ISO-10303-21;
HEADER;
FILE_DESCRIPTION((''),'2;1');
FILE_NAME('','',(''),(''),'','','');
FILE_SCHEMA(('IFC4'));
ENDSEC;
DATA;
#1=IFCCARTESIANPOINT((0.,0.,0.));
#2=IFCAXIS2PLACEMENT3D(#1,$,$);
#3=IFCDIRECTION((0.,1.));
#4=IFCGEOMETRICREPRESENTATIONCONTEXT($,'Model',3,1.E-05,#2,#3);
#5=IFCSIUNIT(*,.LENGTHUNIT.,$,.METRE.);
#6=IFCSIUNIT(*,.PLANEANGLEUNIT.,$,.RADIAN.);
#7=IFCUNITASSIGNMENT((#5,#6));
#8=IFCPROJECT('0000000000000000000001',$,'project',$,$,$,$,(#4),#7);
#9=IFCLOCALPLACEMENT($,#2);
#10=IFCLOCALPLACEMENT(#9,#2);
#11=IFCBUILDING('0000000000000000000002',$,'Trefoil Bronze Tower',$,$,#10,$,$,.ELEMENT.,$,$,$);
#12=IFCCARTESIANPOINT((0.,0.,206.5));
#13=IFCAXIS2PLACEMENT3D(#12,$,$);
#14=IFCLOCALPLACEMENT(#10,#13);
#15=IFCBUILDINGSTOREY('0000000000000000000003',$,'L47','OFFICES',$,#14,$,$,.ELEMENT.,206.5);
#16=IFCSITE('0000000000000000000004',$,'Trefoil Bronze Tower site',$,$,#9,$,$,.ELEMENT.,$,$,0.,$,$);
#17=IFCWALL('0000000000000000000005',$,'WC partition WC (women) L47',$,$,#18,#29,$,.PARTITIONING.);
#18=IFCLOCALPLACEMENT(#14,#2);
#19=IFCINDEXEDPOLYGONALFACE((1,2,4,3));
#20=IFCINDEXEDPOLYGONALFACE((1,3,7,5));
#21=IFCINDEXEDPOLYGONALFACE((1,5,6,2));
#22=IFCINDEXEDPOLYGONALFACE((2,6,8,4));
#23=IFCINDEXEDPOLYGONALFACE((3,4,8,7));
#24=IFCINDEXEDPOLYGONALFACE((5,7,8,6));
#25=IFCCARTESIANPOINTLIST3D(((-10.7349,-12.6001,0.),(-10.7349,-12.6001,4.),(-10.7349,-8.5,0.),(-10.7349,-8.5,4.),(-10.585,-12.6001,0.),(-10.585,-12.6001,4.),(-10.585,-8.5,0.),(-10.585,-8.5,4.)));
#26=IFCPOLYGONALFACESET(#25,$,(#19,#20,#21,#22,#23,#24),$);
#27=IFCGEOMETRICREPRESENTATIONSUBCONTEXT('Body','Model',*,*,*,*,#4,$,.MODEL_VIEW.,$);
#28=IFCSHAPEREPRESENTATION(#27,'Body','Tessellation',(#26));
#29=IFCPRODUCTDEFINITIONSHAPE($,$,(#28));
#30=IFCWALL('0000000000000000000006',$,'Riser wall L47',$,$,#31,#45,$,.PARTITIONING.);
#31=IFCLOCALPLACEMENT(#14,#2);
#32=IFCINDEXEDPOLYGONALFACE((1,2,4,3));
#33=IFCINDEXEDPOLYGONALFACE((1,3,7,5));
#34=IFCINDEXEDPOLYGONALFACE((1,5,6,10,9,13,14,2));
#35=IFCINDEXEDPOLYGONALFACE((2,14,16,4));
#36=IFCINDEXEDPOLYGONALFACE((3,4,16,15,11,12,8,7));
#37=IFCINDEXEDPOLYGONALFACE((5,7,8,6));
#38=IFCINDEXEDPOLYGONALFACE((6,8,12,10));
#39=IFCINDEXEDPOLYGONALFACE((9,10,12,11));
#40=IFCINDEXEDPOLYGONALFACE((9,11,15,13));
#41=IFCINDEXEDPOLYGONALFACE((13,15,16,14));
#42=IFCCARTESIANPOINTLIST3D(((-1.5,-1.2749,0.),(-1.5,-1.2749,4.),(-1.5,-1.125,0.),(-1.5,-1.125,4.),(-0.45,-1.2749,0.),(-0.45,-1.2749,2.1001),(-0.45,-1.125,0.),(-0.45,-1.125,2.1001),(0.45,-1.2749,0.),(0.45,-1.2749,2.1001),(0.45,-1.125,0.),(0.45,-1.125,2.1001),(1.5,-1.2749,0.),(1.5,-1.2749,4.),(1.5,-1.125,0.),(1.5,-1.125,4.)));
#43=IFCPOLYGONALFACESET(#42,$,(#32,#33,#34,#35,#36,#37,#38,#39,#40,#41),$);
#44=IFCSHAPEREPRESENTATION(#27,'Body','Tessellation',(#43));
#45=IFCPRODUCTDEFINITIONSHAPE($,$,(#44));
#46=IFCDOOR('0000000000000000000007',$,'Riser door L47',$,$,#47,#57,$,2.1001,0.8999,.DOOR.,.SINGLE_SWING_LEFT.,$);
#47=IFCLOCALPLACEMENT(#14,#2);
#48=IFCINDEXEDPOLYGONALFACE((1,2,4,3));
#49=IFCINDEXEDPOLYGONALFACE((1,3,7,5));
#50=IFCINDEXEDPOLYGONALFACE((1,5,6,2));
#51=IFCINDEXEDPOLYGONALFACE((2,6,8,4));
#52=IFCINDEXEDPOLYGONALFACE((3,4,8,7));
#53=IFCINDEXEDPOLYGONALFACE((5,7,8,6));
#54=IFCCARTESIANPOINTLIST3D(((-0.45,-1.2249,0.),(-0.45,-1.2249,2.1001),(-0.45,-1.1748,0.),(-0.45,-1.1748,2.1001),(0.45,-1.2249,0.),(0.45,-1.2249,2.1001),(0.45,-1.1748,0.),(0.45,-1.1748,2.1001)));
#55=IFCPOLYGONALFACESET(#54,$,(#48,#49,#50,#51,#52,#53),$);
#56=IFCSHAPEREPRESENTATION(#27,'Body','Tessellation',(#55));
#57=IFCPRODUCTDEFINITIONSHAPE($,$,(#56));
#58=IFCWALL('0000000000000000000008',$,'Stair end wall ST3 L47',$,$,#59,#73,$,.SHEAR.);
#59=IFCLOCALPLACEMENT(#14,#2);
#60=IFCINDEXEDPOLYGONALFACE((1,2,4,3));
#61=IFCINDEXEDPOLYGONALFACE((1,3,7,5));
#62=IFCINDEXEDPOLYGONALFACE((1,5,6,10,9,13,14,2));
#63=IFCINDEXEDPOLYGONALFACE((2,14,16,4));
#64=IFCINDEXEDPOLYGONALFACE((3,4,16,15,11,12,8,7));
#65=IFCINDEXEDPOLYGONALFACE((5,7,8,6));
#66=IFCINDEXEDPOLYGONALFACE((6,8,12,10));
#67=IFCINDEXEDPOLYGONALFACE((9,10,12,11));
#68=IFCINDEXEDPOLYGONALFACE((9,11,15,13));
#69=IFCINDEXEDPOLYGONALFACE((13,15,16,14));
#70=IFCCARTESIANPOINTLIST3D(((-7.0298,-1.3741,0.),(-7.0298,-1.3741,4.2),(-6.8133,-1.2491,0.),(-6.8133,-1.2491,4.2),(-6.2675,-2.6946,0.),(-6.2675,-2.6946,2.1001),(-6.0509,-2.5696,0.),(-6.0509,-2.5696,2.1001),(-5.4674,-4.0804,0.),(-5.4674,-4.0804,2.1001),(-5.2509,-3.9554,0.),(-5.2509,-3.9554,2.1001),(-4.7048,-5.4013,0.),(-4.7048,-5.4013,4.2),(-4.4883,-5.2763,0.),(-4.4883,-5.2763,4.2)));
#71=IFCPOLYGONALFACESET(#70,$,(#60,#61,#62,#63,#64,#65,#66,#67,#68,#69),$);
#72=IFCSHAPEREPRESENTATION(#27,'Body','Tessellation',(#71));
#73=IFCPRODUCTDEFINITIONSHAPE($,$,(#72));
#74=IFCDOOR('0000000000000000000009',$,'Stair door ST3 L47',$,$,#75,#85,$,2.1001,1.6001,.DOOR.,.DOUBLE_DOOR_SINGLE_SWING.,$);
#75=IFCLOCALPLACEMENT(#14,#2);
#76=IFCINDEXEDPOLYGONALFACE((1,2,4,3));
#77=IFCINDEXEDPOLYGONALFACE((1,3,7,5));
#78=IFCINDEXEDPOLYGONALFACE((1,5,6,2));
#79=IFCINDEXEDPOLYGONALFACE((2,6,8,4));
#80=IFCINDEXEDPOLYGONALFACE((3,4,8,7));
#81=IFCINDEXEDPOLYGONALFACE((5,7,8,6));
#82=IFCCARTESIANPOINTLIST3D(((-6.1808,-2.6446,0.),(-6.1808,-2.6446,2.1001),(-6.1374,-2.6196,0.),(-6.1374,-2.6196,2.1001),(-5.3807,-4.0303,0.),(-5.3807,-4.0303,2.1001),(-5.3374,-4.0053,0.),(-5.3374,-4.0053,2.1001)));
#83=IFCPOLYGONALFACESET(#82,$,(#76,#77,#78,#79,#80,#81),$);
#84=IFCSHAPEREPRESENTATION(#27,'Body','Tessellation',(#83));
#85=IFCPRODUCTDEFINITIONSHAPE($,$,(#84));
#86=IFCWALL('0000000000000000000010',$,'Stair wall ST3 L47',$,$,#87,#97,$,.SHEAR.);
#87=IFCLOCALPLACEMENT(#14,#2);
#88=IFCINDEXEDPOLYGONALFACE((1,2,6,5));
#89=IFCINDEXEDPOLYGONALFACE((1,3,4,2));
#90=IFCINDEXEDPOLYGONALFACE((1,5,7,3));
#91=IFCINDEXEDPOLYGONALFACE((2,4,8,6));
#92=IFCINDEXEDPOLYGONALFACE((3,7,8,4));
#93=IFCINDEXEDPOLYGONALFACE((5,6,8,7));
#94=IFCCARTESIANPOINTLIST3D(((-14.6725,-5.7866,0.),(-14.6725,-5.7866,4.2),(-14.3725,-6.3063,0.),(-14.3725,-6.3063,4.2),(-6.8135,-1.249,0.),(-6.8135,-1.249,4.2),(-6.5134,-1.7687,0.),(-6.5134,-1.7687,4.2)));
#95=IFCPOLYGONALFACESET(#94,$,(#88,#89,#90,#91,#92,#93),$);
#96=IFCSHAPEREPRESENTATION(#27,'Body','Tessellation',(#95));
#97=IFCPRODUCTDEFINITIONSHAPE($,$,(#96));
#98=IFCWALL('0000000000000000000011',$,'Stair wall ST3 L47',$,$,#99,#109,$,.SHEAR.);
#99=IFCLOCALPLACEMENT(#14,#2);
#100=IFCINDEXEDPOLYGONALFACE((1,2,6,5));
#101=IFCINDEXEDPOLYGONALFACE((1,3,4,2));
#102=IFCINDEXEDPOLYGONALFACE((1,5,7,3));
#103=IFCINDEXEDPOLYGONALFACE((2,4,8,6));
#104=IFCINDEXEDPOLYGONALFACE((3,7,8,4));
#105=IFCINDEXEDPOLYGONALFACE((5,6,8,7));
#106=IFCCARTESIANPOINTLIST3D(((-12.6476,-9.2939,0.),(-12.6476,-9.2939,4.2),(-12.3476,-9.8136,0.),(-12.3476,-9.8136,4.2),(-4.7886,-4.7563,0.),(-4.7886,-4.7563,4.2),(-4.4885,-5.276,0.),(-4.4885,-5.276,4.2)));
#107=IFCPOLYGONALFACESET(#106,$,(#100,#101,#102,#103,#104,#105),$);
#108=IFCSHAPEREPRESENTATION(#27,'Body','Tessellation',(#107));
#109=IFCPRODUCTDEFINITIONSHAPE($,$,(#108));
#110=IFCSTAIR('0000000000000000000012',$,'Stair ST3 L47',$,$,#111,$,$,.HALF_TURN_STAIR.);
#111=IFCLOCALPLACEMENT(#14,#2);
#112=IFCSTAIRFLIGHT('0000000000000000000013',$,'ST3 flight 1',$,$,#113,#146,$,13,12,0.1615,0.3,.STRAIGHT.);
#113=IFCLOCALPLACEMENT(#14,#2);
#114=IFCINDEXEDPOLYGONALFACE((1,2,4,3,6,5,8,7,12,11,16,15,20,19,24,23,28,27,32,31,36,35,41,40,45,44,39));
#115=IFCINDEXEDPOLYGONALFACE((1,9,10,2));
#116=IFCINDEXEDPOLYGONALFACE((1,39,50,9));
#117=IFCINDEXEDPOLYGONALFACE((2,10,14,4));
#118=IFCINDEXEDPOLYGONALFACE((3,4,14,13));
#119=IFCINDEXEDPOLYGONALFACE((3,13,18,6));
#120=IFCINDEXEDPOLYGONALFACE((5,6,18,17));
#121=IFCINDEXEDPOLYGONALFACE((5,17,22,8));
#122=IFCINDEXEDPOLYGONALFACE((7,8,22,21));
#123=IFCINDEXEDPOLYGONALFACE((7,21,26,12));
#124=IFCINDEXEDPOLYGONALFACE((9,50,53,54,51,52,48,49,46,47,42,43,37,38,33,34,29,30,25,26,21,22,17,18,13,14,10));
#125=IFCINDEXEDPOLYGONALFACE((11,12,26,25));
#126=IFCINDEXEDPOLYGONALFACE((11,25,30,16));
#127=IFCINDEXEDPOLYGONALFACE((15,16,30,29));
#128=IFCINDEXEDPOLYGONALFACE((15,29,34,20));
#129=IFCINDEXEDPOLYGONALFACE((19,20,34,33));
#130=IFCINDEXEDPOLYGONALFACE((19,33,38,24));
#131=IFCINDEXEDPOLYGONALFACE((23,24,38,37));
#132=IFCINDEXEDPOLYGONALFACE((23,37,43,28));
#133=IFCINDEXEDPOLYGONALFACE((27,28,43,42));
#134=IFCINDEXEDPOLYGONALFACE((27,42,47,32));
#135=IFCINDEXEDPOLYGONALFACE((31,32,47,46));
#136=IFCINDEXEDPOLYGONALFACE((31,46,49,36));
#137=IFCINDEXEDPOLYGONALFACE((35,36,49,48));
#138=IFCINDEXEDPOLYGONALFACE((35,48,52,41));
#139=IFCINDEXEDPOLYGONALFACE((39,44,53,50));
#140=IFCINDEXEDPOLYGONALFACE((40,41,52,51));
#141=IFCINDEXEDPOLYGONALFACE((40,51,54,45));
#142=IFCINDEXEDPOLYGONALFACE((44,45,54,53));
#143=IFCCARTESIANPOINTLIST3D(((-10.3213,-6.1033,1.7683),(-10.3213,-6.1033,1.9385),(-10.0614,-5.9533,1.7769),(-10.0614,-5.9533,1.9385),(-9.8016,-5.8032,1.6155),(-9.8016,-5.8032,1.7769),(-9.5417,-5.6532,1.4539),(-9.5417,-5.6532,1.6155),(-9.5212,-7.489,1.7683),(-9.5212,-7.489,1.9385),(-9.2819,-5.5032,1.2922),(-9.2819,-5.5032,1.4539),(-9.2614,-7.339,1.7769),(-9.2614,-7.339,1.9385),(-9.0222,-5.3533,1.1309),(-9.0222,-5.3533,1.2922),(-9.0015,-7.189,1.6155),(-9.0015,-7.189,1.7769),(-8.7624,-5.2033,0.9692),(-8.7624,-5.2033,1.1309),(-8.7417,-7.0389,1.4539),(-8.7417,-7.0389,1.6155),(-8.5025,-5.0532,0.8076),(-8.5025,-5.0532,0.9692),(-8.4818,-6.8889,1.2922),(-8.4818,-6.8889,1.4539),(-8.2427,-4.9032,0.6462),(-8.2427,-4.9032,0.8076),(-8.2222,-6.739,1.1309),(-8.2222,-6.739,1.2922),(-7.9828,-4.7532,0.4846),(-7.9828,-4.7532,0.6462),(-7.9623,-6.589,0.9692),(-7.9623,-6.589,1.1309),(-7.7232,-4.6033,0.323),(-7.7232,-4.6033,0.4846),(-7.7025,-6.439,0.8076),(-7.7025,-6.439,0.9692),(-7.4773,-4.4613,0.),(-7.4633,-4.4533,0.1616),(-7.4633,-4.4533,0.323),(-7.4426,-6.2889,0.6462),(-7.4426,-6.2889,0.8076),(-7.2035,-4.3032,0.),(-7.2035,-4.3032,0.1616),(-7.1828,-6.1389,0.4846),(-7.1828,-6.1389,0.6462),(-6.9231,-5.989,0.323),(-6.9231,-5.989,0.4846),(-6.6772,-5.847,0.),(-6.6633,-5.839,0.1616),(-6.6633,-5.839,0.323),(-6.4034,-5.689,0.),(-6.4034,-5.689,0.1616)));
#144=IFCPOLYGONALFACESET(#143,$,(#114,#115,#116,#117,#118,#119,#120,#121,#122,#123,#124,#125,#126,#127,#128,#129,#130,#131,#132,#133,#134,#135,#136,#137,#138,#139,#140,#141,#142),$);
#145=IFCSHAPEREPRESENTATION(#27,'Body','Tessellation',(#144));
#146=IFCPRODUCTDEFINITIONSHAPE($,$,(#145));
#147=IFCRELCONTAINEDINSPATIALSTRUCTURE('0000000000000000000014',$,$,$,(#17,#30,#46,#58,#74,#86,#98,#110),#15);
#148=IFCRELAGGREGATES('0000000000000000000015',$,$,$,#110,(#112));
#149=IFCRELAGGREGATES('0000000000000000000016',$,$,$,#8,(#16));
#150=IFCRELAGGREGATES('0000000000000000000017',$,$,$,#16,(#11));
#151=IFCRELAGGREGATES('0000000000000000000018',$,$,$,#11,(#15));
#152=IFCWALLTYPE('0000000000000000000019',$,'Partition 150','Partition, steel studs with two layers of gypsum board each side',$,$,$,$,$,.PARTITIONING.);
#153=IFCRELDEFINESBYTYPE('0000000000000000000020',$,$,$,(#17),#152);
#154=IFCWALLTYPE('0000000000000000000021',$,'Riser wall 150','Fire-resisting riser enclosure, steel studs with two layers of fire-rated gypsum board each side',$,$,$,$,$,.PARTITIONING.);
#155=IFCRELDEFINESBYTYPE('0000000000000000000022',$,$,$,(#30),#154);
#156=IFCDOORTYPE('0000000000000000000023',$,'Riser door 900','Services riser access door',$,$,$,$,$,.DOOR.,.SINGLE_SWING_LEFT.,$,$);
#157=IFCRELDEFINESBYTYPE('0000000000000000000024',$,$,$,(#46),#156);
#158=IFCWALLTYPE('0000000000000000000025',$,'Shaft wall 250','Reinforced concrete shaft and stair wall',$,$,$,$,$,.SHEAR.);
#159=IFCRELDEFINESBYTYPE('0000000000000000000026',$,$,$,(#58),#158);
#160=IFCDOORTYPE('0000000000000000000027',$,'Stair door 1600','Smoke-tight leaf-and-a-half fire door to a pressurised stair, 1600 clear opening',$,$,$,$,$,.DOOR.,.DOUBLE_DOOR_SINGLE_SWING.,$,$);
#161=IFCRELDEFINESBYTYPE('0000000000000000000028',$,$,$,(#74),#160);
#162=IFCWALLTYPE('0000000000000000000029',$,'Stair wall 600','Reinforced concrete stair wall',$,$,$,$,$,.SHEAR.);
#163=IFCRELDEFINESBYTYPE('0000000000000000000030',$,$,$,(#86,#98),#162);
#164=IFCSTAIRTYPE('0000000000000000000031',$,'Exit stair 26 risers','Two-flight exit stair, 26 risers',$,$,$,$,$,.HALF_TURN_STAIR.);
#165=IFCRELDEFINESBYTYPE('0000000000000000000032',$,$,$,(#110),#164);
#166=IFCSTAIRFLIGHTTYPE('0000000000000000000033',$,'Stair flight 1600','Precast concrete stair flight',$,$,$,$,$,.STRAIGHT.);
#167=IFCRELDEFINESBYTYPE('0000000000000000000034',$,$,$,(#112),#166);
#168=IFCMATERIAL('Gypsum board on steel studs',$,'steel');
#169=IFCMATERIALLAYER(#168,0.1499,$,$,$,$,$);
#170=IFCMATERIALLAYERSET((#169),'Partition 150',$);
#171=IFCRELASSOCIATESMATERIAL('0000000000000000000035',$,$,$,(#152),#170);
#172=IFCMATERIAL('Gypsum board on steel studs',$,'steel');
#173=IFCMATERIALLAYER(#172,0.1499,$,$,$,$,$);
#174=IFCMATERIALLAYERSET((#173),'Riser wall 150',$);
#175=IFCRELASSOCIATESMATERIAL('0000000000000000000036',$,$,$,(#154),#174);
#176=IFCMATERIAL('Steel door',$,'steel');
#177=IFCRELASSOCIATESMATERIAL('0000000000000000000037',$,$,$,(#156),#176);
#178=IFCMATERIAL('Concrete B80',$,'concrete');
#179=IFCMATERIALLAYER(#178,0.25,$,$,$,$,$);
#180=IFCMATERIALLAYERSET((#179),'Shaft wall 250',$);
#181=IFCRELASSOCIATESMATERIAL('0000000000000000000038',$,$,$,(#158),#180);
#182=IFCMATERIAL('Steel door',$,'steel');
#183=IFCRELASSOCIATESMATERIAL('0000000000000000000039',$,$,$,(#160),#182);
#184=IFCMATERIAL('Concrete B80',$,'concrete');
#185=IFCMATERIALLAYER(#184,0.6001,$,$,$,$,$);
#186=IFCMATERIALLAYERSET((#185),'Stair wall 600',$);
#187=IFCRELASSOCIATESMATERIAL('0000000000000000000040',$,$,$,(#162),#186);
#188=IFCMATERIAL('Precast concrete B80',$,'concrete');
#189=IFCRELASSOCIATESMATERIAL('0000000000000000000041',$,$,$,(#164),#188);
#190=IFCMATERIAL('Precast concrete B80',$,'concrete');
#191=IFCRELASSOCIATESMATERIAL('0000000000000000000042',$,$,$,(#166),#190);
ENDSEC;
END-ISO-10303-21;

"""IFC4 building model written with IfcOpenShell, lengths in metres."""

from ifc_helpers import new_model, si_unit, direction, frame, frame_2d, origin, place, context, subcontext, project, spatial, polyline, rectangle, outline, extrude, material, layer, layer_set, type_object, element, fill, aggregate, save


model = new_model("IFC4")

# Units and contexts
model_context = context("Model", 3, precision=1e-05, world=origin(), true_north=direction((0.0, 1.0)))
body_context = subcontext(model_context, "Body", "Model", "MODEL_VIEW")
ifc_project = project(units=[si_unit("LENGTHUNIT", "METRE"), si_unit("PLANEANGLEUNIT", "RADIAN")], contexts=[model_context])

# Site, building, storey
site_placement = place(None, origin())
site = spatial("IfcSite", under=ifc_project, at=site_placement, Name="Trefoil Bronze Tower site", CompositionType="ELEMENT", RefElevation=0.0)
building_placement = place(site_placement, origin())
building = spatial("IfcBuilding", under=site, at=building_placement, Name="Trefoil Bronze Tower", CompositionType="ELEMENT")
storey_placement = place(building_placement, frame((0.0, 0.0, 206.5)))
storey = spatial("IfcBuildingStorey", under=building, at=storey_placement, Name="L47", Description="OFFICES", CompositionType="ELEMENT", Elevation=206.5)

# Shared definitions
ifc_material_1 = material(Name="Gypsum board on steel studs", Category="steel")
ifc_layer_1 = layer(ifc_material_1, 0.1499)
ifc_layer_set_1 = layer_set([ifc_layer_1], Name="Partition 150")
wall_type_1 = type_object("IfcWallType", Name="Partition 150", Description="Partition, steel studs with two layers of gypsum board each side", PredefinedType="PARTITIONING", material=ifc_layer_set_1)

# Wall
wall_1_placement = place(storey_placement, frame((-10.6599, -8.5, 0.0), z_axis=(0.0, 0.0, 1.0), x_axis=(0.0, -1.0, 0.0)))
element("IfcWall", 1, at=wall_1_placement, inside=storey, type_object=wall_type_1, Name="WC partition WC (women) L47", PredefinedType="PARTITIONING", context=body_context, shape_type="SweptSolid", body=[
    extrude(rectangle(XDim=4.1001, YDim=0.1499, at=frame_2d((2.05, 0.0))), origin(), (0.0, 0.0, 1.0), 4.0),
])

# Walls, openings, doors
ifc_material_2 = material(Name="Gypsum board on steel studs", Category="steel")
ifc_layer_2 = layer(ifc_material_2, 0.1499)
ifc_layer_set_2 = layer_set([ifc_layer_2], Name="Riser wall 150")
wall_type_2 = type_object("IfcWallType", Name="Riser wall 150", Description="Fire-resisting riser enclosure, steel studs with two layers of fire-rated gypsum board each side", PredefinedType="PARTITIONING", material=ifc_layer_set_2)
wall_2_placement = place(storey_placement, frame((-1.5, -1.2, 0.0), z_axis=(0.0, 0.0, 1.0), x_axis=(1.0, 0.0, 0.0)))
wall_2 = element("IfcWall", 2, at=wall_2_placement, inside=storey, type_object=wall_type_2, Name="Riser wall L47", PredefinedType="PARTITIONING", context=body_context, shape_type="SweptSolid", body=[
    extrude(rectangle(XDim=3.0, YDim=0.1499, at=frame_2d((1.5, 0.0))), origin(), (0.0, 0.0, 1.0), 4.0),
])
opening_1_placement = place(wall_2_placement, frame((1.05, 0.0, 0.0)))
opening_1 = element("IfcOpeningElement", 3, at=opening_1_placement, cuts=wall_2, PredefinedType="OPENING", context=body_context, shape_type="SweptSolid", body=[
    extrude(rectangle(XDim=0.8999, YDim=2.1001, at=frame_2d((0.45, 1.05))), frame((0.0, 0.085, 0.0), z_axis=(0.0, -1.0, 0.0), x_axis=(1.0, 0.0, 0.0)), (0.0, 0.0, 1.0), 0.1699),
])
ifc_material_3 = material(Name="Steel door", Category="steel")
door_type_1 = type_object("IfcDoorType", Name="Riser door 900", Description="Services riser access door", OperationType="SINGLE_SWING_LEFT", PredefinedType="DOOR", material=ifc_material_3)
door_1_placement = place(opening_1_placement, frame((0.8999, 0.0, 0.0), z_axis=(0.0, 0.0, 1.0), x_axis=(-1.0, 0.0, 0.0)))
door_1 = element("IfcDoor", 4, at=door_1_placement, inside=storey, type_object=door_type_1, Name="Riser door L47", OperationType="SINGLE_SWING_LEFT", OverallHeight=2.1001, OverallWidth=0.8999, PredefinedType="DOOR", context=body_context, shape_type="SweptSolid", body=[
    extrude(rectangle(XDim=0.8999, YDim=2.1001, at=frame_2d((0.45, 1.05))), frame((0.0, 0.0249, 0.0), z_axis=(0.0, -1.0, 0.0), x_axis=(1.0, 0.0, 0.0)), (0.0, 0.0, 1.0), 0.05),
])
fill(opening_1, door_1)
ifc_material_4 = material(Name="Concrete B80", Category="concrete")
ifc_layer_3 = layer(ifc_material_4, 0.25)
ifc_layer_set_3 = layer_set([ifc_layer_3], Name="Shaft wall 250")
wall_type_3 = type_object("IfcWallType", Name="Shaft wall 250", Description="Reinforced concrete shaft and stair wall", PredefinedType="SHEAR", material=ifc_layer_set_3)
wall_3_placement = place(storey_placement, frame((-6.9216, -1.3115, 0.0), z_axis=(0.0, 0.0, 1.0), x_axis=(0.499985, -0.866034, 0.0)))
wall_3 = element("IfcWall", 5, at=wall_3_placement, inside=storey, type_object=wall_type_3, Name="Stair end wall ST3 L47", PredefinedType="SHEAR", context=body_context, shape_type="SweptSolid", body=[
    extrude(rectangle(XDim=4.6501, YDim=0.25, at=frame_2d((2.3252, 0.0))), origin(), (0.0, 0.0, 1.0), 4.2),
])
opening_2_placement = place(wall_3_placement, frame((1.5249, 0.0, 0.0)))
opening_2 = element("IfcOpeningElement", 6, at=opening_2_placement, cuts=wall_3, PredefinedType="OPENING", context=body_context, shape_type="SweptSolid", body=[
    extrude(rectangle(XDim=1.6001, YDim=2.1001, at=frame_2d((0.8, 1.05))), frame((0.0, 0.135, 0.0), z_axis=(0.0, -1.0, 0.0), x_axis=(1.0, 0.0, 0.0)), (0.0, 0.0, 1.0), 0.27),
])
ifc_material_5 = material(Name="Steel door", Category="steel")
door_type_2 = type_object("IfcDoorType", Name="Stair door 1600", Description="Smoke-tight leaf-and-a-half fire door to a pressurised stair, 1600 clear opening", OperationType="DOUBLE_DOOR_SINGLE_SWING", PredefinedType="DOOR", material=ifc_material_5)
door_2_placement = place(opening_2_placement, frame((1.6001, 0.0, 0.0), z_axis=(0.0, 0.0, 1.0), x_axis=(-1.0, 0.0, 0.0)))
door_2 = element("IfcDoor", 7, at=door_2_placement, inside=storey, type_object=door_type_2, Name="Stair door ST3 L47", OperationType="DOUBLE_DOOR_SINGLE_SWING", OverallHeight=2.1001, OverallWidth=1.6001, PredefinedType="DOOR", context=body_context, shape_type="SweptSolid", body=[
    extrude(rectangle(XDim=1.6001, YDim=2.1001, at=frame_2d((0.8, 1.05))), frame((0.0, 0.0249, 0.0), z_axis=(0.0, -1.0, 0.0), x_axis=(1.0, 0.0, 0.0)), (0.0, 0.0, 1.0), 0.05),
])
fill(opening_2, door_2)

# Walls
ifc_material_6 = material(Name="Concrete B80", Category="concrete")
ifc_layer_4 = layer(ifc_material_6, 0.6001)
ifc_layer_set_4 = layer_set([ifc_layer_4], Name="Stair wall 600")
wall_type_4 = type_object("IfcWallType", Name="Stair wall 600", Description="Reinforced concrete stair wall", PredefinedType="SHEAR", material=ifc_layer_set_4)
for number, where, z_axis, x_axis, name in (
    (8, (-6.6633, -1.5088, 0.0), (0.0, 0.0, 1.0), (-0.866019, -0.50001, 0.0), "Stair wall ST3 L47"),
    (9, (-4.6384, -5.0161, 0.0), (0.0, 0.0, 1.0), (-0.866019, -0.50001, 0.0), "Stair wall ST3 L47"),
):
    element("IfcWall", number, at=place(storey_placement, frame(where, z_axis=z_axis, x_axis=x_axis)), inside=storey, type_object=wall_type_4, Name=name, PredefinedType="SHEAR", context=body_context, shape_type="SweptSolid", body=[
        extrude(rectangle(XDim=9.075, YDim=0.6001, at=frame_2d((4.5376, 0.0))), origin(), (0.0, 0.0, 1.0), 4.2),
    ])

# Stair, stair flight
ifc_material_7 = material(Name="Precast concrete B80", Category="concrete")
stair_type = type_object("IfcStairType", Name="Exit stair 26 risers", Description="Two-flight exit stair, 26 risers", PredefinedType="HALF_TURN_STAIR", material=ifc_material_7)
stair_placement = place(storey_placement, origin())
stair = element("IfcStair", 10, at=stair_placement, inside=storey, type_object=stair_type, Name="Stair ST3 L47", PredefinedType="HALF_TURN_STAIR")
ifc_material_8 = material(Name="Precast concrete B80", Category="concrete")
stair_flight_type = type_object("IfcStairFlightType", Name="Stair flight 1600", Description="Precast concrete stair flight", PredefinedType="STRAIGHT", material=ifc_material_8)
stair_flight_1_placement = place(storey_placement, frame((-6.8035, -4.9961, 0.0), z_axis=(0.0, 0.0, 1.0), x_axis=(-0.866025, -0.5, 0.0)))
stair_flight_1 = element("IfcStairFlight", 11, at=stair_flight_1_placement, type_object=stair_flight_type, Name="ST3 flight 1", NumberOfRisers=13, NumberOfTreads=12, PredefinedType="STRAIGHT", RiserHeight=0.1615, TreadLength=0.3, context=body_context, shape_type="SweptSolid", body=[
    extrude(outline(polyline([(0.0, 0.0), (0.0, 0.1616), (0.3, 0.1616), (0.3, 0.323), (0.6001, 0.323), (0.6001, 0.4846), (0.8999, 0.4846), (0.8999, 0.6462), (1.2, 0.6462), (1.2, 0.8076), (1.5, 0.8076), (1.5, 0.9692), (1.8, 0.9692), (1.8, 1.1309), (2.1001, 1.1309), (2.1001, 1.2922), (2.3999, 1.2922), (2.3999, 1.4539), (2.7, 1.4539), (2.7, 1.6155), (3.0, 1.6155), (3.0, 1.7769), (3.3, 1.7769), (3.3, 1.9385), (3.6001, 1.9385), (3.6001, 2.1001), (3.6001, 1.7683), (0.3162, 0.0), (0.0, 0.0)])), frame((0.0, 0.8, 0.0), z_axis=(0.0, -1.0, 0.0), x_axis=(1.0, 0.0, 0.0)), (0.0, 0.0, 1.0), 1.6001),
])
aggregate(stair, [stair_flight_1])

save(model, "model.ifc")
